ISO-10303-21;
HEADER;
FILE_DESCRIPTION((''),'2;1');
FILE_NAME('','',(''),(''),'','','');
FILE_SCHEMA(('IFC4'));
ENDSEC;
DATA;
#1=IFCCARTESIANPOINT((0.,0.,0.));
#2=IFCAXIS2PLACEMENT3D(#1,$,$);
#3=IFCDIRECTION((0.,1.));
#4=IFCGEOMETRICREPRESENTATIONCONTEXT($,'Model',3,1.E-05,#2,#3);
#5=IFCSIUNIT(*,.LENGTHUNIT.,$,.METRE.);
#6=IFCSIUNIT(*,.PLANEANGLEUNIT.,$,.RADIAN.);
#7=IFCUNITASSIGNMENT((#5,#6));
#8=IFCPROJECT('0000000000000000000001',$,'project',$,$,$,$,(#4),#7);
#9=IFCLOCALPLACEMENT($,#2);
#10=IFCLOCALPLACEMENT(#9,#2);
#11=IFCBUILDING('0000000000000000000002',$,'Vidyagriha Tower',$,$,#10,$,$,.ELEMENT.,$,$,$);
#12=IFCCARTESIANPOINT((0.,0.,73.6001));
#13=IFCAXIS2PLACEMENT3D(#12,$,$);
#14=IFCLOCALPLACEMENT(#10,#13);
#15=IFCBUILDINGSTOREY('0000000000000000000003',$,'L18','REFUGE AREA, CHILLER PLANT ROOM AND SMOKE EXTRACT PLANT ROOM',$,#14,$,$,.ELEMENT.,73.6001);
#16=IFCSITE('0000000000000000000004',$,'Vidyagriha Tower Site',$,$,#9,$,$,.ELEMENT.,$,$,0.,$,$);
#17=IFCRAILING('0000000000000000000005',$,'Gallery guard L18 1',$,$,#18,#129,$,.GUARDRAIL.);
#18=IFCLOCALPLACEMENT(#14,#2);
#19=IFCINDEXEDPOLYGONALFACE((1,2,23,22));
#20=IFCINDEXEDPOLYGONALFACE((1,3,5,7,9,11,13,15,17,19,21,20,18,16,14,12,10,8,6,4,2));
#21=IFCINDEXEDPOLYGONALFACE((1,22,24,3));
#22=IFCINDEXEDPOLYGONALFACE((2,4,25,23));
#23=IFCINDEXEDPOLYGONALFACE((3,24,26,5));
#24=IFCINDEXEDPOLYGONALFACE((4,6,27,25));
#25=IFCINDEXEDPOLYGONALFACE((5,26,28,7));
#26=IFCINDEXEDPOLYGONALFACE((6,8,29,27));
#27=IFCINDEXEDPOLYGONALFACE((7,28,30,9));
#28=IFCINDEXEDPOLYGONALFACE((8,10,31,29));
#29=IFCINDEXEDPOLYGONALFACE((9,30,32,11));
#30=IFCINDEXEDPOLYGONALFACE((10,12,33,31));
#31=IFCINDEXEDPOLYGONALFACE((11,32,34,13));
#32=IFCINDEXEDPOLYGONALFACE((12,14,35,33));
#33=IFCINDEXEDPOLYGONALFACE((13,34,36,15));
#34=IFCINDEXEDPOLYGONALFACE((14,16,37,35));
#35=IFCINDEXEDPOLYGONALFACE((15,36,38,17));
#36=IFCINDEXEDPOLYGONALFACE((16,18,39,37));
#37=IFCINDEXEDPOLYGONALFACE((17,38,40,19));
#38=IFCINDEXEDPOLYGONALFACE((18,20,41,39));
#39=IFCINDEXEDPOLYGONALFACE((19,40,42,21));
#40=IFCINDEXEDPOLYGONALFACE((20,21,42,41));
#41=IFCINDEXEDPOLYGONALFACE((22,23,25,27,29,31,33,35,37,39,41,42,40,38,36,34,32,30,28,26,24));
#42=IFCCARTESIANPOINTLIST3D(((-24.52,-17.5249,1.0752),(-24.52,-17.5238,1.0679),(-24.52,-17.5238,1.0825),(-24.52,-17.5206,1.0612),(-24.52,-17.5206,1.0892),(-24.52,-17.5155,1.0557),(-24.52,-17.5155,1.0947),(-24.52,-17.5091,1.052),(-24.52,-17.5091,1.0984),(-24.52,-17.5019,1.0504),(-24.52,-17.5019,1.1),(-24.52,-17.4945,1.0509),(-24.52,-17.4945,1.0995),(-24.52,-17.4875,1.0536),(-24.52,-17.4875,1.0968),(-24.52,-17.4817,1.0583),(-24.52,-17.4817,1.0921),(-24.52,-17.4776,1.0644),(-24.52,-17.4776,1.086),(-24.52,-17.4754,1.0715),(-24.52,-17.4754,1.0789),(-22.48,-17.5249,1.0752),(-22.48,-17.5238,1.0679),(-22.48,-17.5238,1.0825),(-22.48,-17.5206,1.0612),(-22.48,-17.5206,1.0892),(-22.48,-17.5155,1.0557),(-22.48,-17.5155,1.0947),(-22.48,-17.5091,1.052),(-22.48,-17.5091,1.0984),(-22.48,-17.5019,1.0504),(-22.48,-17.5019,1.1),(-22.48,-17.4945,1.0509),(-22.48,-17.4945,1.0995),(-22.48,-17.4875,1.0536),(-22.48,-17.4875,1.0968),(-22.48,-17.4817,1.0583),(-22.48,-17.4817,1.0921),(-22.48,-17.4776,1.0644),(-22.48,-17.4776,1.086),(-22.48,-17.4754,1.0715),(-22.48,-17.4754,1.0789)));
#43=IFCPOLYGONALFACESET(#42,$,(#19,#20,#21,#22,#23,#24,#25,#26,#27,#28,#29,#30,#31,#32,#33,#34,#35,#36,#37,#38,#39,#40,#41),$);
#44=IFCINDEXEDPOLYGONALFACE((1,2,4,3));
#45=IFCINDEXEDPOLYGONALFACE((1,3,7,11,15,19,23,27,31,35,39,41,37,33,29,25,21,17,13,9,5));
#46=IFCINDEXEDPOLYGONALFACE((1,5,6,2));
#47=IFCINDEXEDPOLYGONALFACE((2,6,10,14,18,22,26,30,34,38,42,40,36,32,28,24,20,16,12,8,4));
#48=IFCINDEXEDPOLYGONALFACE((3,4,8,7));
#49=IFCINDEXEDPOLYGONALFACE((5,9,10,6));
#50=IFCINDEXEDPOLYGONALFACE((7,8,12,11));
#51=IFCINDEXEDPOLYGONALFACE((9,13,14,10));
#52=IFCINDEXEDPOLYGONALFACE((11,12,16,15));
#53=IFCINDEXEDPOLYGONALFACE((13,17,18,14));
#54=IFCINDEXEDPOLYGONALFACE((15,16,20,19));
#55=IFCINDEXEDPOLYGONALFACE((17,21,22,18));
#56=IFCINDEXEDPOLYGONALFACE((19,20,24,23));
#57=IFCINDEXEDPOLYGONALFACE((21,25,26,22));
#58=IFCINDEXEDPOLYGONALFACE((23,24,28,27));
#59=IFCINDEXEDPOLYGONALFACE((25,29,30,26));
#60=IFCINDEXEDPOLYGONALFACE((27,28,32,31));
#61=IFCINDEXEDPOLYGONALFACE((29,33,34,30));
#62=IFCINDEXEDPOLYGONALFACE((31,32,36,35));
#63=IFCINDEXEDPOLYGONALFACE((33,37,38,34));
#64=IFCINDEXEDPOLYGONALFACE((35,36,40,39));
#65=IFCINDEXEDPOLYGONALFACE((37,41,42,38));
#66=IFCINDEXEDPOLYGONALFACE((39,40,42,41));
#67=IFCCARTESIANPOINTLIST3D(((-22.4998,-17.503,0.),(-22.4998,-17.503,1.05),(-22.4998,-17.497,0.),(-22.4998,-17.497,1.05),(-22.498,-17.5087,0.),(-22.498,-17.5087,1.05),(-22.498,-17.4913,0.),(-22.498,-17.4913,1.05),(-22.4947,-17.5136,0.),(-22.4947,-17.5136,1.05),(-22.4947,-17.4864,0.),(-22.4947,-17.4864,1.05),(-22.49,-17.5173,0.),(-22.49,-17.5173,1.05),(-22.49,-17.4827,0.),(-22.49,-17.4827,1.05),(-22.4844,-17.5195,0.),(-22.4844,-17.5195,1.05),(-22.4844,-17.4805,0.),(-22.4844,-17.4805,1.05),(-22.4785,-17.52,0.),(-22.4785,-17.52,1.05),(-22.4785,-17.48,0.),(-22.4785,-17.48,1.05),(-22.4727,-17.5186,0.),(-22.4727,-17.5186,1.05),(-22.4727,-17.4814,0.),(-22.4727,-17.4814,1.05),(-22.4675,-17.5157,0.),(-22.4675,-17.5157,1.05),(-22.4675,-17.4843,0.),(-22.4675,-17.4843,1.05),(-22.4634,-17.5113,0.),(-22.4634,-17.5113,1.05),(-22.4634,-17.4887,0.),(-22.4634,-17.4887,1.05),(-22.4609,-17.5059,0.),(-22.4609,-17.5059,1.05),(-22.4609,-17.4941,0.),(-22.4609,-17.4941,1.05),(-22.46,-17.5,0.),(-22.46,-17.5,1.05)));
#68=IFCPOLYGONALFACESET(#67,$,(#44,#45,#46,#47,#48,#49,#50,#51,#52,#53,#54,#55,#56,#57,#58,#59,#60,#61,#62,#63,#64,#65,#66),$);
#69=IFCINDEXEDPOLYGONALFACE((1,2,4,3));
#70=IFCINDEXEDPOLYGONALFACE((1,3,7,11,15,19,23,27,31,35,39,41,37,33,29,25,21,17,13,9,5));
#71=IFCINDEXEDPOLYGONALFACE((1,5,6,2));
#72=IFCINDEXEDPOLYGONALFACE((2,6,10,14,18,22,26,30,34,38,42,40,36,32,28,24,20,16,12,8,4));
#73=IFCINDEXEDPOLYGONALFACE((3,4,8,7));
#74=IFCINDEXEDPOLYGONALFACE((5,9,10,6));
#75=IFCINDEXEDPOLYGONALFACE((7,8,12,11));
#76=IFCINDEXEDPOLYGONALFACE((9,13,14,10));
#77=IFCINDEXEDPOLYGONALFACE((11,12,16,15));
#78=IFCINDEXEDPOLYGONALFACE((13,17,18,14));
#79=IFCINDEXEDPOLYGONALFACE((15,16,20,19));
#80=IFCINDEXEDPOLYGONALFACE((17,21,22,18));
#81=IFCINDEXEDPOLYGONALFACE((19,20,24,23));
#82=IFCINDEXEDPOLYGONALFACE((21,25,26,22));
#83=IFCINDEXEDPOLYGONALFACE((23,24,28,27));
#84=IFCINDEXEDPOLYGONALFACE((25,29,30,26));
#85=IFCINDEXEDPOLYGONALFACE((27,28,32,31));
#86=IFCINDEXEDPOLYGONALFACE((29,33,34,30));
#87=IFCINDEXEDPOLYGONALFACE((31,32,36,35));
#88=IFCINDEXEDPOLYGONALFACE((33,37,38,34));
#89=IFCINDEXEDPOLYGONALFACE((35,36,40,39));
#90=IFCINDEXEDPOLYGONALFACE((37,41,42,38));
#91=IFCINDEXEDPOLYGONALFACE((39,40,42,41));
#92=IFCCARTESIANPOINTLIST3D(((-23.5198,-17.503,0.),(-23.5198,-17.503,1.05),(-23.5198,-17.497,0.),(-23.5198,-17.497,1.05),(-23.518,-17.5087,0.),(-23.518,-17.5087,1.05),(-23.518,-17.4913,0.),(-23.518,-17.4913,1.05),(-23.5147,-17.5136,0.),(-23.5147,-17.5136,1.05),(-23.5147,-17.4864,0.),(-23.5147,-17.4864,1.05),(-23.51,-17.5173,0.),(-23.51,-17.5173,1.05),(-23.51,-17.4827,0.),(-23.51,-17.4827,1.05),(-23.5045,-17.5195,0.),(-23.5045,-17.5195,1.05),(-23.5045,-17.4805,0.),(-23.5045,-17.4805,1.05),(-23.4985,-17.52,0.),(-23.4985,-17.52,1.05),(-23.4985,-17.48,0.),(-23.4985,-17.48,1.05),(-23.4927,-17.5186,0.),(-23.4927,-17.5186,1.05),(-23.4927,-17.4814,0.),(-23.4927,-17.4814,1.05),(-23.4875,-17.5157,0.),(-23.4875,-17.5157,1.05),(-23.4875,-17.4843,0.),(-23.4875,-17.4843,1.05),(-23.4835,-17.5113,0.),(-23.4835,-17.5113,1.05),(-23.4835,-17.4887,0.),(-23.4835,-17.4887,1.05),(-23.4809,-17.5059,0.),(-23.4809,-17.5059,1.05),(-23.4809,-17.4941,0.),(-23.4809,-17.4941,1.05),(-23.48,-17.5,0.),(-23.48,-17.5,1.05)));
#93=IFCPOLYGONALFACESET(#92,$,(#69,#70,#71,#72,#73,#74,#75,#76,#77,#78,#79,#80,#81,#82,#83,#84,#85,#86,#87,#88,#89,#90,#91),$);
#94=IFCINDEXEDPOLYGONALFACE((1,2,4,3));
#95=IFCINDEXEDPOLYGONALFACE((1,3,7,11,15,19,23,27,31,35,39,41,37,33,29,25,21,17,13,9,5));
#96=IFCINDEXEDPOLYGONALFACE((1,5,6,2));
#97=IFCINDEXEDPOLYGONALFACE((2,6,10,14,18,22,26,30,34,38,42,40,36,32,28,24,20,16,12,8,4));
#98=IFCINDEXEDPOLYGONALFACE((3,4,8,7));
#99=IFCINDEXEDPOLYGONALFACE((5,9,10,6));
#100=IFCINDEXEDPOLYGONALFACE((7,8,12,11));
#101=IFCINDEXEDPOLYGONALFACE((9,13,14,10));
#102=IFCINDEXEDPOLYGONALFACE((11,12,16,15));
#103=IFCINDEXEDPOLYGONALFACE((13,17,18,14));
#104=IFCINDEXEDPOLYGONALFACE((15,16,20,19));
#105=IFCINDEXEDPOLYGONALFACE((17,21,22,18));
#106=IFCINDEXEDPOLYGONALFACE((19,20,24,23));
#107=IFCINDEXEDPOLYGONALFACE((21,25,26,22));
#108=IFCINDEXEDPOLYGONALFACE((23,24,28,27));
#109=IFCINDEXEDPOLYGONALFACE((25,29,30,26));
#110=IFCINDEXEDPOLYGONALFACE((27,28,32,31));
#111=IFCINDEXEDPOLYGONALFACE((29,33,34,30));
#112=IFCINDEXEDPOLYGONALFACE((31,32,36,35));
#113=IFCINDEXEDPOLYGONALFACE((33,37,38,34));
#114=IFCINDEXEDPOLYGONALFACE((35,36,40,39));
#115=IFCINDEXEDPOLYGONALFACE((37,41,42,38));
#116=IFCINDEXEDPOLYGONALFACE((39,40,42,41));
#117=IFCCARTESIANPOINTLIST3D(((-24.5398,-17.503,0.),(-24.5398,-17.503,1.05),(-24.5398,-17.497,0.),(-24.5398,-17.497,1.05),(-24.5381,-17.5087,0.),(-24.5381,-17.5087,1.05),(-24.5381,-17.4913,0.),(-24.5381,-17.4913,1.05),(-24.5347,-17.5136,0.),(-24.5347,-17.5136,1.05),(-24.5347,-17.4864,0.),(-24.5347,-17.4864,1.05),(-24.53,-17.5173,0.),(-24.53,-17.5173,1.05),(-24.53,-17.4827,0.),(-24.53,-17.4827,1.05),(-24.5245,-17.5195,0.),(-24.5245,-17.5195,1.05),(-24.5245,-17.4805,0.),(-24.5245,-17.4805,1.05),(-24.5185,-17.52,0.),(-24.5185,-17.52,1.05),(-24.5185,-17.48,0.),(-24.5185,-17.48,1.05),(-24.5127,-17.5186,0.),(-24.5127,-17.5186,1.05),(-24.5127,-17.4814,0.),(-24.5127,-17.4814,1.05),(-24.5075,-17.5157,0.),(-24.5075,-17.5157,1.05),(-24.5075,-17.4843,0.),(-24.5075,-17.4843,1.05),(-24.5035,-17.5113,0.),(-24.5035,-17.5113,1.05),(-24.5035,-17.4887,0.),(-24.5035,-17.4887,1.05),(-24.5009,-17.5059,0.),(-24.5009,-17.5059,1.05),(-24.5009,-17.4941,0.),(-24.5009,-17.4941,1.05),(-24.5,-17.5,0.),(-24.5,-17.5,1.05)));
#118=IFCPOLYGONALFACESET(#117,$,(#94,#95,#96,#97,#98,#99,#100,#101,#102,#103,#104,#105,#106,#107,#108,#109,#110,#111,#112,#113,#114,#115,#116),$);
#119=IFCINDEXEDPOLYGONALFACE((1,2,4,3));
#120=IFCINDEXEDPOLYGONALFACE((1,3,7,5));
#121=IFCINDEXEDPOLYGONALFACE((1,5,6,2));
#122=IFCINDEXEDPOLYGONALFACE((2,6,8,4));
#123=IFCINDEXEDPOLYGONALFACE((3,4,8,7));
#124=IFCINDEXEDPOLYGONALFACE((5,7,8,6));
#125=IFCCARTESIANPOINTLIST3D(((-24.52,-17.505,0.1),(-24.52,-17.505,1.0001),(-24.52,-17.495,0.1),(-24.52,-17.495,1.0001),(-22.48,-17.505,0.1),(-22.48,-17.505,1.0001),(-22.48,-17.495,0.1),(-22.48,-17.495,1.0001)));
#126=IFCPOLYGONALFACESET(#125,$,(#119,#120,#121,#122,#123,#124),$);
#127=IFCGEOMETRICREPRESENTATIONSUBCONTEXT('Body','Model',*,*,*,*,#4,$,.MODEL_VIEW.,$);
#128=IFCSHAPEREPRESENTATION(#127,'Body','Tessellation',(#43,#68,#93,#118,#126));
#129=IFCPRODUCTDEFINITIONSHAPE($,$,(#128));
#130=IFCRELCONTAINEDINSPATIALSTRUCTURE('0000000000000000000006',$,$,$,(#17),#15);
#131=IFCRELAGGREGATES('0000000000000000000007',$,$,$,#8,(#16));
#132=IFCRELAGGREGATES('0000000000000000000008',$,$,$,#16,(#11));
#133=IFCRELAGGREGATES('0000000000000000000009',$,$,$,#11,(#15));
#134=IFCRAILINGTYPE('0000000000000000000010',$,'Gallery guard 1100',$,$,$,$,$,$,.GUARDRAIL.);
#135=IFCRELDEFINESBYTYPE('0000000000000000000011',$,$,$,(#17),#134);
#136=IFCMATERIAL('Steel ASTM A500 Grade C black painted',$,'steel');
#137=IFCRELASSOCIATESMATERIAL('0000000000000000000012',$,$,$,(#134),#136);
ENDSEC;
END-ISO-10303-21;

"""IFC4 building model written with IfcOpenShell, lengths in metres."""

from ifc_helpers import new_model, si_unit, direction, frame, origin, origin_2d, place, context, subcontext, project, spatial, rectangle, circle, extrude, material, type_object, element, save


model = new_model("IFC4")

# Units and contexts
model_context = context("Model", 3, precision=1e-05, world=origin(), true_north=direction((0.0, 1.0)))
body_context = subcontext(model_context, "Body", "Model", "MODEL_VIEW")
ifc_project = project(units=[si_unit("LENGTHUNIT", "METRE"), si_unit("PLANEANGLEUNIT", "RADIAN")], contexts=[model_context])

# Site, building, storey
site_placement = place(None, origin())
site = spatial("IfcSite", under=ifc_project, at=site_placement, Name="Vidyagriha Tower Site", CompositionType="ELEMENT", RefElevation=0.0)
building_placement = place(site_placement, origin())
building = spatial("IfcBuilding", under=site, at=building_placement, Name="Vidyagriha Tower", CompositionType="ELEMENT")
storey_placement = place(building_placement, frame((0.0, 0.0, 73.6001)))
storey = spatial("IfcBuildingStorey", under=building, at=storey_placement, Name="L18", Description="REFUGE AREA, CHILLER PLANT ROOM AND SMOKE EXTRACT PLANT ROOM", CompositionType="ELEMENT", Elevation=73.6001)

# Railing
ifc_material_1 = material(Name="Steel ASTM A500 Grade C black painted", Category="steel")
railing_type = type_object("IfcRailingType", Name="Gallery guard 1100", PredefinedType="GUARDRAIL", material=ifc_material_1)
railing_placement = place(storey_placement, frame((-22.48, -17.5, 0.0)))
element("IfcRailing", 1, at=railing_placement, inside=storey, type_object=railing_type, Name="Gallery guard L18 1", PredefinedType="GUARDRAIL", context=body_context, shape_type="SweptSolid", body=[
    extrude(circle(Radius=0.0249, at=origin_2d()), frame((0.0, 0.0, 1.0752), z_axis=(-1.0, 0.0, 0.0), x_axis=(0.0, -1.0, 0.0)), (0.0, 0.0, 1.0), 2.04),
    extrude(circle(Radius=0.02, at=origin_2d()), origin(), (0.0, 0.0, 1.0), 1.05),
    extrude(circle(Radius=0.02, at=origin_2d()), frame((-1.02, 0.0, 0.0)), (0.0, 0.0, 1.0), 1.05),
    extrude(circle(Radius=0.02, at=origin_2d()), frame((-2.04, 0.0, 0.0)), (0.0, 0.0, 1.0), 1.05),
    extrude(rectangle(XDim=0.01, YDim=0.9001, at=origin_2d()), frame((0.0, 0.0, 0.55), z_axis=(-1.0, 0.0, 0.0), x_axis=(0.0, -1.0, 0.0)), (0.0, 0.0, 1.0), 2.04),
])

save(model, "model.ifc")
